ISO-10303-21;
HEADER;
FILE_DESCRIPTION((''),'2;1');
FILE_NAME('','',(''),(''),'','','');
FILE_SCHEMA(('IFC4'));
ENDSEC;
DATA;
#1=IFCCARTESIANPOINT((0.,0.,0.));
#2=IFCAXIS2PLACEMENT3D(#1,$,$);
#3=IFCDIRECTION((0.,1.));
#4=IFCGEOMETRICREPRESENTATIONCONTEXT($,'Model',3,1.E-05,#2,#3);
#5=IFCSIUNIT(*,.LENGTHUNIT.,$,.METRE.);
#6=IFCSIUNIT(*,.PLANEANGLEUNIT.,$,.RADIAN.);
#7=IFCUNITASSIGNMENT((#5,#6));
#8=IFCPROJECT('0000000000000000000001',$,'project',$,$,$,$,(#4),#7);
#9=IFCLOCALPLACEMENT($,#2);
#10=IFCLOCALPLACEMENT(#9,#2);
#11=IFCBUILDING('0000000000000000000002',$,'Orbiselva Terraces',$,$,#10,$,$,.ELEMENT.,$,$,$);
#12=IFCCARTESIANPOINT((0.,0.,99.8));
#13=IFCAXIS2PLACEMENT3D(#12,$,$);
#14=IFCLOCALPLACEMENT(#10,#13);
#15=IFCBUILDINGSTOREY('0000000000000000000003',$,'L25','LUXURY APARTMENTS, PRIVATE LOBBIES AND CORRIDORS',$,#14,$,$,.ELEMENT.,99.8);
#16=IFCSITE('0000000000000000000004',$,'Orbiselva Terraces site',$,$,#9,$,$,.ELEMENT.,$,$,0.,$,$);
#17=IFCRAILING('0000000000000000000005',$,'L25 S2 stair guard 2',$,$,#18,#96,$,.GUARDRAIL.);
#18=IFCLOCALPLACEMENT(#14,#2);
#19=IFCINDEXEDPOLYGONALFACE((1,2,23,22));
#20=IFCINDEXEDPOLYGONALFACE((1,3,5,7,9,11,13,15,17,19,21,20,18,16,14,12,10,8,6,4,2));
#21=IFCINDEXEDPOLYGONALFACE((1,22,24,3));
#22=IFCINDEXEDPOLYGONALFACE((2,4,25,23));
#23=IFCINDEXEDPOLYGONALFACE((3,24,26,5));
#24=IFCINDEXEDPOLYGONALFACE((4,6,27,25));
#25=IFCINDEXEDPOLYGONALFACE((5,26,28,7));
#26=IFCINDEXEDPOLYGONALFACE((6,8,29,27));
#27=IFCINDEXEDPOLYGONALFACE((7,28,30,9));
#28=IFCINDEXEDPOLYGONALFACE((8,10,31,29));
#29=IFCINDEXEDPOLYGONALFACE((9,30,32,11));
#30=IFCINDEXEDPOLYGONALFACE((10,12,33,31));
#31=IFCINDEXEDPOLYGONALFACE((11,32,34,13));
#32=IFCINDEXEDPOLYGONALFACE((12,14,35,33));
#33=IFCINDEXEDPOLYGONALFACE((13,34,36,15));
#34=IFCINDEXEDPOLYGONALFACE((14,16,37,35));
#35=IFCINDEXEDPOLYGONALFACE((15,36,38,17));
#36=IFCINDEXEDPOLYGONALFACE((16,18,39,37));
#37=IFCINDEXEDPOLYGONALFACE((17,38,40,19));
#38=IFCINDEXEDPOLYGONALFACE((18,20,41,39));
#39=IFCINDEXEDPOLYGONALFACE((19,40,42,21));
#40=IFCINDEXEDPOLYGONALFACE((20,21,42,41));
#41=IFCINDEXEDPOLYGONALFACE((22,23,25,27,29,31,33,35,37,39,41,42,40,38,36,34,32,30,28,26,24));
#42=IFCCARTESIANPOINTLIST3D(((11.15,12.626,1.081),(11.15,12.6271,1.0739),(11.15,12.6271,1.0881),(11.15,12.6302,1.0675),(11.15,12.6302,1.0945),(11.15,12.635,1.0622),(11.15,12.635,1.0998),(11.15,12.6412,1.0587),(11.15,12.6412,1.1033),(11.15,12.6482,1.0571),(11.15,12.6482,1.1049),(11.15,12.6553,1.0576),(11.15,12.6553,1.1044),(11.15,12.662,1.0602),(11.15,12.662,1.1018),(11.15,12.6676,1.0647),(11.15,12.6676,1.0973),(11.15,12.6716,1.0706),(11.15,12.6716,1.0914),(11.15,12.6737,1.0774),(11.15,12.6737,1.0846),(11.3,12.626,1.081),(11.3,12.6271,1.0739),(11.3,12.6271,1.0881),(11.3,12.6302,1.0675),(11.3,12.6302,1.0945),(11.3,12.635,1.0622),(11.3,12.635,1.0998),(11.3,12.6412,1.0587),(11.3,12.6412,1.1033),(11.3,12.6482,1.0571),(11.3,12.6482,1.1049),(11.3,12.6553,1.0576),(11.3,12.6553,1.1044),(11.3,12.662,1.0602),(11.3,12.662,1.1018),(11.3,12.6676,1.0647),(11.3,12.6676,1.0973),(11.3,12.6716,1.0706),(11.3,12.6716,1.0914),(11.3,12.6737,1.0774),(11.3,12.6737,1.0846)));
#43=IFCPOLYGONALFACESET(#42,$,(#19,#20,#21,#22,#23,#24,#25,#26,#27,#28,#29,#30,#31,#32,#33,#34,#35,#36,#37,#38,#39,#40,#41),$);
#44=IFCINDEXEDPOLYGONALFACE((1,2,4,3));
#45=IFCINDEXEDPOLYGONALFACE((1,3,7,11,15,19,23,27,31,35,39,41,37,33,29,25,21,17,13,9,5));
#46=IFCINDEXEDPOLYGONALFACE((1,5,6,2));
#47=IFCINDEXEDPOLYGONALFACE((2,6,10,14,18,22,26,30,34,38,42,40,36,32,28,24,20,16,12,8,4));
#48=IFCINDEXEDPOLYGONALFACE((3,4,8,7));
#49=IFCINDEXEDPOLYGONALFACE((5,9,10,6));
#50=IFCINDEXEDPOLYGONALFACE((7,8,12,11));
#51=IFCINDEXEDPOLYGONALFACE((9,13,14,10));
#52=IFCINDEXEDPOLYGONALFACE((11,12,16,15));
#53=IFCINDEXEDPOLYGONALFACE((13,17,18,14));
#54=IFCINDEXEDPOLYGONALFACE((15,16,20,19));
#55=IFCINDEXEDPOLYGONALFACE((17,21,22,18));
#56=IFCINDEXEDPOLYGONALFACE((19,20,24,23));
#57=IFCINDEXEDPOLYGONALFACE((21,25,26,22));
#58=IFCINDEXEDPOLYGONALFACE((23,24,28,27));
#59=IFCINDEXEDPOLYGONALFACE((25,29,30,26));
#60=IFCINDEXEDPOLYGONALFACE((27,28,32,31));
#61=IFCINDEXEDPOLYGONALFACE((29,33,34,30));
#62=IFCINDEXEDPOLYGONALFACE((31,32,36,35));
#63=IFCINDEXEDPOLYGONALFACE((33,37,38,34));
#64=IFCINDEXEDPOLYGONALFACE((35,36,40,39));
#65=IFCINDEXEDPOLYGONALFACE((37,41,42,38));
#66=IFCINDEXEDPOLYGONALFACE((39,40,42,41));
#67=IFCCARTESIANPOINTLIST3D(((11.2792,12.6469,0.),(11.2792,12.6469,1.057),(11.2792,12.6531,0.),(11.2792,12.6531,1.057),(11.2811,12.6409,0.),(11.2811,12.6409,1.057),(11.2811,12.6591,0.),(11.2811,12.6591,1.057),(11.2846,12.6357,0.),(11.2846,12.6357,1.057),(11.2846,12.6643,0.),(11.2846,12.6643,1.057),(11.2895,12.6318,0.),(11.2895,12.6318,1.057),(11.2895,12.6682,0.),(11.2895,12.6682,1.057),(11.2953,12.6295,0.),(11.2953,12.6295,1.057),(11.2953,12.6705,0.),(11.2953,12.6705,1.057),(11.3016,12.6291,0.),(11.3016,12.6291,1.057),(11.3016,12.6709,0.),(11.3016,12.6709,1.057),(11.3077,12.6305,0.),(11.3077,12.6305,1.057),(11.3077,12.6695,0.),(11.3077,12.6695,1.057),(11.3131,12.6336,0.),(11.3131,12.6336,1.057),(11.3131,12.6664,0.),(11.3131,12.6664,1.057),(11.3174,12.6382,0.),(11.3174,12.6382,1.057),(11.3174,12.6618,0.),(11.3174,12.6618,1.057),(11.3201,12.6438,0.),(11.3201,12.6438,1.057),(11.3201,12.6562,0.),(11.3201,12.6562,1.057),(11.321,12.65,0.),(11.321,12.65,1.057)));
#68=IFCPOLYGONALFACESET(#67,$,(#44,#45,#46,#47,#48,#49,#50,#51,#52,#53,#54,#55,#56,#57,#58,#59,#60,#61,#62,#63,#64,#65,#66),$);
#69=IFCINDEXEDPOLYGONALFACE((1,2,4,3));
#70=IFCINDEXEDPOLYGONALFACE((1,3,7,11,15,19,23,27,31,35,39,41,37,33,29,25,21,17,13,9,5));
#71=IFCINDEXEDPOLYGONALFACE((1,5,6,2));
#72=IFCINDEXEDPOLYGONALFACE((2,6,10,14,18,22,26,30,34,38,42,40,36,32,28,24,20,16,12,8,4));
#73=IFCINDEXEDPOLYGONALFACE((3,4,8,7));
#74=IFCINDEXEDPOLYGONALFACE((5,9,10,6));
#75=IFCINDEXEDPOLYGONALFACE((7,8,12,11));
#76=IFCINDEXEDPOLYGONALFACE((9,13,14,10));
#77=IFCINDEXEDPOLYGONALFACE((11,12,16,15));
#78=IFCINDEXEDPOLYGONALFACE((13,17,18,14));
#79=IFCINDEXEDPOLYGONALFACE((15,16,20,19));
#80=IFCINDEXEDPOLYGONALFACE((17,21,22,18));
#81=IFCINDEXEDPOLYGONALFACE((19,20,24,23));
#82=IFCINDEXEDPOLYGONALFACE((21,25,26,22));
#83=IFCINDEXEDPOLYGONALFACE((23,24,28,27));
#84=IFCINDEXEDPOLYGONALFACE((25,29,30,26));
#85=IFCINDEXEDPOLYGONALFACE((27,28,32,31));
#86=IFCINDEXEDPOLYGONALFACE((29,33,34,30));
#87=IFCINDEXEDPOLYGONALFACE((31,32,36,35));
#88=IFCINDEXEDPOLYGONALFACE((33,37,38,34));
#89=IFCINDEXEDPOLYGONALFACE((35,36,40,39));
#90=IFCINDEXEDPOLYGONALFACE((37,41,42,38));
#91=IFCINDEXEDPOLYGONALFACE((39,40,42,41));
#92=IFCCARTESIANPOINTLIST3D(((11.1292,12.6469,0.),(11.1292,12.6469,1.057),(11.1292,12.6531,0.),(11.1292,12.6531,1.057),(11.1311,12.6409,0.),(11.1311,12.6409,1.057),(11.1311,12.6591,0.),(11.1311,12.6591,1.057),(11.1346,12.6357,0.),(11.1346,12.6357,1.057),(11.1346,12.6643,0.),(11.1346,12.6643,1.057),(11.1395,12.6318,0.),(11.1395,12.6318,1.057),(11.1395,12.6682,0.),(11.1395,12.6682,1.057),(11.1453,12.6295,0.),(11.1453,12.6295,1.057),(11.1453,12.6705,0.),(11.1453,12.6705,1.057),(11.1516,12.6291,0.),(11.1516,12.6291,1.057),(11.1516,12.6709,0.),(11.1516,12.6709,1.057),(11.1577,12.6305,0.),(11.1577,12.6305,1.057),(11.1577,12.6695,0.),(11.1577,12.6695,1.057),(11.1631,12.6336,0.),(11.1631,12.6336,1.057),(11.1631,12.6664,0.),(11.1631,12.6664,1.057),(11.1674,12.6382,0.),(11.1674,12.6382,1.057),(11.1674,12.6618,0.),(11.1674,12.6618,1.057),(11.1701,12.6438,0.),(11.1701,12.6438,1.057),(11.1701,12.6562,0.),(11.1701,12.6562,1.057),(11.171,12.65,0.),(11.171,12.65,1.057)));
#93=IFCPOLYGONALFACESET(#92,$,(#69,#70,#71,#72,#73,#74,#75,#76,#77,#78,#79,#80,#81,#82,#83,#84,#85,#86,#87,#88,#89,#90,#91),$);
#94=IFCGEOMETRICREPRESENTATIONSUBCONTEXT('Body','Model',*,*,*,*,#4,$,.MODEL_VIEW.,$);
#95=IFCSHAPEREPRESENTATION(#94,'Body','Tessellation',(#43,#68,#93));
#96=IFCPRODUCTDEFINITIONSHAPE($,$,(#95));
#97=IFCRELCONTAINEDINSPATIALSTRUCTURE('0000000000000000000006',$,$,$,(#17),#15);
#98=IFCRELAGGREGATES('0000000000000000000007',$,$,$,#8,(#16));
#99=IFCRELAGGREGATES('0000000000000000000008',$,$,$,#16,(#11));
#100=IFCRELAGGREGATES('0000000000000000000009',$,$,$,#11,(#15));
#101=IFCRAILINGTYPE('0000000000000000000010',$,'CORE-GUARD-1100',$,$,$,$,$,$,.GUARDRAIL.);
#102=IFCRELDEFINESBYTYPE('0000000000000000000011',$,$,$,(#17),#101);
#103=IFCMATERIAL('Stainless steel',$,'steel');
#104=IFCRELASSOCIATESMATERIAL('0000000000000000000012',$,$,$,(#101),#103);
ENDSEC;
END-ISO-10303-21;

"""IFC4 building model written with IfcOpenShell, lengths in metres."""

from ifc_helpers import new_model, si_unit, direction, frame, origin, origin_2d, place, context, subcontext, project, spatial, circle, extrude, material, type_object, element, save


model = new_model("IFC4")

# Units and contexts
model_context = context("Model", 3, precision=1e-05, world=origin(), true_north=direction((0.0, 1.0)))
body_context = subcontext(model_context, "Body", "Model", "MODEL_VIEW")
ifc_project = project(units=[si_unit("LENGTHUNIT", "METRE"), si_unit("PLANEANGLEUNIT", "RADIAN")], contexts=[model_context])

# Site, building, storey
site_placement = place(None, origin())
site = spatial("IfcSite", under=ifc_project, at=site_placement, Name="Orbiselva Terraces site", CompositionType="ELEMENT", RefElevation=0.0)
building_placement = place(site_placement, origin())
building = spatial("IfcBuilding", under=site, at=building_placement, Name="Orbiselva Terraces", CompositionType="ELEMENT")
storey_placement = place(building_placement, frame((0.0, 0.0, 99.8)))
storey = spatial("IfcBuildingStorey", under=building, at=storey_placement, Name="L25", Description="LUXURY APARTMENTS, PRIVATE LOBBIES AND CORRIDORS", CompositionType="ELEMENT", Elevation=99.8)

# Railing
ifc_material_1 = material(Name="Stainless steel", Category="steel")
railing_type = type_object("IfcRailingType", Name="CORE-GUARD-1100", PredefinedType="GUARDRAIL", material=ifc_material_1)
railing_1_placement = place(storey_placement, frame((11.3, 12.65, 0.0)))
element("IfcRailing", 1, at=railing_1_placement, inside=storey, type_object=railing_type, Name="L25 S2 stair guard 2", PredefinedType="GUARDRAIL", context=body_context, shape_type="SweptSolid", body=[
    extrude(circle(Radius=0.024, at=origin_2d()), frame((0.0, 0.0, 1.081), z_axis=(-1.0, 0.0, 0.0), x_axis=(0.0, -1.0, 0.0)), (0.0, 0.0, 1.0), 0.15),
    extrude(circle(Radius=0.021, at=origin_2d()), origin(), (0.0, 0.0, 1.0), 1.057),
    extrude(circle(Radius=0.021, at=origin_2d()), frame((-0.15, 0.0, 0.0)), (0.0, 0.0, 1.0), 1.057),
])

save(model, "model.ifc")
